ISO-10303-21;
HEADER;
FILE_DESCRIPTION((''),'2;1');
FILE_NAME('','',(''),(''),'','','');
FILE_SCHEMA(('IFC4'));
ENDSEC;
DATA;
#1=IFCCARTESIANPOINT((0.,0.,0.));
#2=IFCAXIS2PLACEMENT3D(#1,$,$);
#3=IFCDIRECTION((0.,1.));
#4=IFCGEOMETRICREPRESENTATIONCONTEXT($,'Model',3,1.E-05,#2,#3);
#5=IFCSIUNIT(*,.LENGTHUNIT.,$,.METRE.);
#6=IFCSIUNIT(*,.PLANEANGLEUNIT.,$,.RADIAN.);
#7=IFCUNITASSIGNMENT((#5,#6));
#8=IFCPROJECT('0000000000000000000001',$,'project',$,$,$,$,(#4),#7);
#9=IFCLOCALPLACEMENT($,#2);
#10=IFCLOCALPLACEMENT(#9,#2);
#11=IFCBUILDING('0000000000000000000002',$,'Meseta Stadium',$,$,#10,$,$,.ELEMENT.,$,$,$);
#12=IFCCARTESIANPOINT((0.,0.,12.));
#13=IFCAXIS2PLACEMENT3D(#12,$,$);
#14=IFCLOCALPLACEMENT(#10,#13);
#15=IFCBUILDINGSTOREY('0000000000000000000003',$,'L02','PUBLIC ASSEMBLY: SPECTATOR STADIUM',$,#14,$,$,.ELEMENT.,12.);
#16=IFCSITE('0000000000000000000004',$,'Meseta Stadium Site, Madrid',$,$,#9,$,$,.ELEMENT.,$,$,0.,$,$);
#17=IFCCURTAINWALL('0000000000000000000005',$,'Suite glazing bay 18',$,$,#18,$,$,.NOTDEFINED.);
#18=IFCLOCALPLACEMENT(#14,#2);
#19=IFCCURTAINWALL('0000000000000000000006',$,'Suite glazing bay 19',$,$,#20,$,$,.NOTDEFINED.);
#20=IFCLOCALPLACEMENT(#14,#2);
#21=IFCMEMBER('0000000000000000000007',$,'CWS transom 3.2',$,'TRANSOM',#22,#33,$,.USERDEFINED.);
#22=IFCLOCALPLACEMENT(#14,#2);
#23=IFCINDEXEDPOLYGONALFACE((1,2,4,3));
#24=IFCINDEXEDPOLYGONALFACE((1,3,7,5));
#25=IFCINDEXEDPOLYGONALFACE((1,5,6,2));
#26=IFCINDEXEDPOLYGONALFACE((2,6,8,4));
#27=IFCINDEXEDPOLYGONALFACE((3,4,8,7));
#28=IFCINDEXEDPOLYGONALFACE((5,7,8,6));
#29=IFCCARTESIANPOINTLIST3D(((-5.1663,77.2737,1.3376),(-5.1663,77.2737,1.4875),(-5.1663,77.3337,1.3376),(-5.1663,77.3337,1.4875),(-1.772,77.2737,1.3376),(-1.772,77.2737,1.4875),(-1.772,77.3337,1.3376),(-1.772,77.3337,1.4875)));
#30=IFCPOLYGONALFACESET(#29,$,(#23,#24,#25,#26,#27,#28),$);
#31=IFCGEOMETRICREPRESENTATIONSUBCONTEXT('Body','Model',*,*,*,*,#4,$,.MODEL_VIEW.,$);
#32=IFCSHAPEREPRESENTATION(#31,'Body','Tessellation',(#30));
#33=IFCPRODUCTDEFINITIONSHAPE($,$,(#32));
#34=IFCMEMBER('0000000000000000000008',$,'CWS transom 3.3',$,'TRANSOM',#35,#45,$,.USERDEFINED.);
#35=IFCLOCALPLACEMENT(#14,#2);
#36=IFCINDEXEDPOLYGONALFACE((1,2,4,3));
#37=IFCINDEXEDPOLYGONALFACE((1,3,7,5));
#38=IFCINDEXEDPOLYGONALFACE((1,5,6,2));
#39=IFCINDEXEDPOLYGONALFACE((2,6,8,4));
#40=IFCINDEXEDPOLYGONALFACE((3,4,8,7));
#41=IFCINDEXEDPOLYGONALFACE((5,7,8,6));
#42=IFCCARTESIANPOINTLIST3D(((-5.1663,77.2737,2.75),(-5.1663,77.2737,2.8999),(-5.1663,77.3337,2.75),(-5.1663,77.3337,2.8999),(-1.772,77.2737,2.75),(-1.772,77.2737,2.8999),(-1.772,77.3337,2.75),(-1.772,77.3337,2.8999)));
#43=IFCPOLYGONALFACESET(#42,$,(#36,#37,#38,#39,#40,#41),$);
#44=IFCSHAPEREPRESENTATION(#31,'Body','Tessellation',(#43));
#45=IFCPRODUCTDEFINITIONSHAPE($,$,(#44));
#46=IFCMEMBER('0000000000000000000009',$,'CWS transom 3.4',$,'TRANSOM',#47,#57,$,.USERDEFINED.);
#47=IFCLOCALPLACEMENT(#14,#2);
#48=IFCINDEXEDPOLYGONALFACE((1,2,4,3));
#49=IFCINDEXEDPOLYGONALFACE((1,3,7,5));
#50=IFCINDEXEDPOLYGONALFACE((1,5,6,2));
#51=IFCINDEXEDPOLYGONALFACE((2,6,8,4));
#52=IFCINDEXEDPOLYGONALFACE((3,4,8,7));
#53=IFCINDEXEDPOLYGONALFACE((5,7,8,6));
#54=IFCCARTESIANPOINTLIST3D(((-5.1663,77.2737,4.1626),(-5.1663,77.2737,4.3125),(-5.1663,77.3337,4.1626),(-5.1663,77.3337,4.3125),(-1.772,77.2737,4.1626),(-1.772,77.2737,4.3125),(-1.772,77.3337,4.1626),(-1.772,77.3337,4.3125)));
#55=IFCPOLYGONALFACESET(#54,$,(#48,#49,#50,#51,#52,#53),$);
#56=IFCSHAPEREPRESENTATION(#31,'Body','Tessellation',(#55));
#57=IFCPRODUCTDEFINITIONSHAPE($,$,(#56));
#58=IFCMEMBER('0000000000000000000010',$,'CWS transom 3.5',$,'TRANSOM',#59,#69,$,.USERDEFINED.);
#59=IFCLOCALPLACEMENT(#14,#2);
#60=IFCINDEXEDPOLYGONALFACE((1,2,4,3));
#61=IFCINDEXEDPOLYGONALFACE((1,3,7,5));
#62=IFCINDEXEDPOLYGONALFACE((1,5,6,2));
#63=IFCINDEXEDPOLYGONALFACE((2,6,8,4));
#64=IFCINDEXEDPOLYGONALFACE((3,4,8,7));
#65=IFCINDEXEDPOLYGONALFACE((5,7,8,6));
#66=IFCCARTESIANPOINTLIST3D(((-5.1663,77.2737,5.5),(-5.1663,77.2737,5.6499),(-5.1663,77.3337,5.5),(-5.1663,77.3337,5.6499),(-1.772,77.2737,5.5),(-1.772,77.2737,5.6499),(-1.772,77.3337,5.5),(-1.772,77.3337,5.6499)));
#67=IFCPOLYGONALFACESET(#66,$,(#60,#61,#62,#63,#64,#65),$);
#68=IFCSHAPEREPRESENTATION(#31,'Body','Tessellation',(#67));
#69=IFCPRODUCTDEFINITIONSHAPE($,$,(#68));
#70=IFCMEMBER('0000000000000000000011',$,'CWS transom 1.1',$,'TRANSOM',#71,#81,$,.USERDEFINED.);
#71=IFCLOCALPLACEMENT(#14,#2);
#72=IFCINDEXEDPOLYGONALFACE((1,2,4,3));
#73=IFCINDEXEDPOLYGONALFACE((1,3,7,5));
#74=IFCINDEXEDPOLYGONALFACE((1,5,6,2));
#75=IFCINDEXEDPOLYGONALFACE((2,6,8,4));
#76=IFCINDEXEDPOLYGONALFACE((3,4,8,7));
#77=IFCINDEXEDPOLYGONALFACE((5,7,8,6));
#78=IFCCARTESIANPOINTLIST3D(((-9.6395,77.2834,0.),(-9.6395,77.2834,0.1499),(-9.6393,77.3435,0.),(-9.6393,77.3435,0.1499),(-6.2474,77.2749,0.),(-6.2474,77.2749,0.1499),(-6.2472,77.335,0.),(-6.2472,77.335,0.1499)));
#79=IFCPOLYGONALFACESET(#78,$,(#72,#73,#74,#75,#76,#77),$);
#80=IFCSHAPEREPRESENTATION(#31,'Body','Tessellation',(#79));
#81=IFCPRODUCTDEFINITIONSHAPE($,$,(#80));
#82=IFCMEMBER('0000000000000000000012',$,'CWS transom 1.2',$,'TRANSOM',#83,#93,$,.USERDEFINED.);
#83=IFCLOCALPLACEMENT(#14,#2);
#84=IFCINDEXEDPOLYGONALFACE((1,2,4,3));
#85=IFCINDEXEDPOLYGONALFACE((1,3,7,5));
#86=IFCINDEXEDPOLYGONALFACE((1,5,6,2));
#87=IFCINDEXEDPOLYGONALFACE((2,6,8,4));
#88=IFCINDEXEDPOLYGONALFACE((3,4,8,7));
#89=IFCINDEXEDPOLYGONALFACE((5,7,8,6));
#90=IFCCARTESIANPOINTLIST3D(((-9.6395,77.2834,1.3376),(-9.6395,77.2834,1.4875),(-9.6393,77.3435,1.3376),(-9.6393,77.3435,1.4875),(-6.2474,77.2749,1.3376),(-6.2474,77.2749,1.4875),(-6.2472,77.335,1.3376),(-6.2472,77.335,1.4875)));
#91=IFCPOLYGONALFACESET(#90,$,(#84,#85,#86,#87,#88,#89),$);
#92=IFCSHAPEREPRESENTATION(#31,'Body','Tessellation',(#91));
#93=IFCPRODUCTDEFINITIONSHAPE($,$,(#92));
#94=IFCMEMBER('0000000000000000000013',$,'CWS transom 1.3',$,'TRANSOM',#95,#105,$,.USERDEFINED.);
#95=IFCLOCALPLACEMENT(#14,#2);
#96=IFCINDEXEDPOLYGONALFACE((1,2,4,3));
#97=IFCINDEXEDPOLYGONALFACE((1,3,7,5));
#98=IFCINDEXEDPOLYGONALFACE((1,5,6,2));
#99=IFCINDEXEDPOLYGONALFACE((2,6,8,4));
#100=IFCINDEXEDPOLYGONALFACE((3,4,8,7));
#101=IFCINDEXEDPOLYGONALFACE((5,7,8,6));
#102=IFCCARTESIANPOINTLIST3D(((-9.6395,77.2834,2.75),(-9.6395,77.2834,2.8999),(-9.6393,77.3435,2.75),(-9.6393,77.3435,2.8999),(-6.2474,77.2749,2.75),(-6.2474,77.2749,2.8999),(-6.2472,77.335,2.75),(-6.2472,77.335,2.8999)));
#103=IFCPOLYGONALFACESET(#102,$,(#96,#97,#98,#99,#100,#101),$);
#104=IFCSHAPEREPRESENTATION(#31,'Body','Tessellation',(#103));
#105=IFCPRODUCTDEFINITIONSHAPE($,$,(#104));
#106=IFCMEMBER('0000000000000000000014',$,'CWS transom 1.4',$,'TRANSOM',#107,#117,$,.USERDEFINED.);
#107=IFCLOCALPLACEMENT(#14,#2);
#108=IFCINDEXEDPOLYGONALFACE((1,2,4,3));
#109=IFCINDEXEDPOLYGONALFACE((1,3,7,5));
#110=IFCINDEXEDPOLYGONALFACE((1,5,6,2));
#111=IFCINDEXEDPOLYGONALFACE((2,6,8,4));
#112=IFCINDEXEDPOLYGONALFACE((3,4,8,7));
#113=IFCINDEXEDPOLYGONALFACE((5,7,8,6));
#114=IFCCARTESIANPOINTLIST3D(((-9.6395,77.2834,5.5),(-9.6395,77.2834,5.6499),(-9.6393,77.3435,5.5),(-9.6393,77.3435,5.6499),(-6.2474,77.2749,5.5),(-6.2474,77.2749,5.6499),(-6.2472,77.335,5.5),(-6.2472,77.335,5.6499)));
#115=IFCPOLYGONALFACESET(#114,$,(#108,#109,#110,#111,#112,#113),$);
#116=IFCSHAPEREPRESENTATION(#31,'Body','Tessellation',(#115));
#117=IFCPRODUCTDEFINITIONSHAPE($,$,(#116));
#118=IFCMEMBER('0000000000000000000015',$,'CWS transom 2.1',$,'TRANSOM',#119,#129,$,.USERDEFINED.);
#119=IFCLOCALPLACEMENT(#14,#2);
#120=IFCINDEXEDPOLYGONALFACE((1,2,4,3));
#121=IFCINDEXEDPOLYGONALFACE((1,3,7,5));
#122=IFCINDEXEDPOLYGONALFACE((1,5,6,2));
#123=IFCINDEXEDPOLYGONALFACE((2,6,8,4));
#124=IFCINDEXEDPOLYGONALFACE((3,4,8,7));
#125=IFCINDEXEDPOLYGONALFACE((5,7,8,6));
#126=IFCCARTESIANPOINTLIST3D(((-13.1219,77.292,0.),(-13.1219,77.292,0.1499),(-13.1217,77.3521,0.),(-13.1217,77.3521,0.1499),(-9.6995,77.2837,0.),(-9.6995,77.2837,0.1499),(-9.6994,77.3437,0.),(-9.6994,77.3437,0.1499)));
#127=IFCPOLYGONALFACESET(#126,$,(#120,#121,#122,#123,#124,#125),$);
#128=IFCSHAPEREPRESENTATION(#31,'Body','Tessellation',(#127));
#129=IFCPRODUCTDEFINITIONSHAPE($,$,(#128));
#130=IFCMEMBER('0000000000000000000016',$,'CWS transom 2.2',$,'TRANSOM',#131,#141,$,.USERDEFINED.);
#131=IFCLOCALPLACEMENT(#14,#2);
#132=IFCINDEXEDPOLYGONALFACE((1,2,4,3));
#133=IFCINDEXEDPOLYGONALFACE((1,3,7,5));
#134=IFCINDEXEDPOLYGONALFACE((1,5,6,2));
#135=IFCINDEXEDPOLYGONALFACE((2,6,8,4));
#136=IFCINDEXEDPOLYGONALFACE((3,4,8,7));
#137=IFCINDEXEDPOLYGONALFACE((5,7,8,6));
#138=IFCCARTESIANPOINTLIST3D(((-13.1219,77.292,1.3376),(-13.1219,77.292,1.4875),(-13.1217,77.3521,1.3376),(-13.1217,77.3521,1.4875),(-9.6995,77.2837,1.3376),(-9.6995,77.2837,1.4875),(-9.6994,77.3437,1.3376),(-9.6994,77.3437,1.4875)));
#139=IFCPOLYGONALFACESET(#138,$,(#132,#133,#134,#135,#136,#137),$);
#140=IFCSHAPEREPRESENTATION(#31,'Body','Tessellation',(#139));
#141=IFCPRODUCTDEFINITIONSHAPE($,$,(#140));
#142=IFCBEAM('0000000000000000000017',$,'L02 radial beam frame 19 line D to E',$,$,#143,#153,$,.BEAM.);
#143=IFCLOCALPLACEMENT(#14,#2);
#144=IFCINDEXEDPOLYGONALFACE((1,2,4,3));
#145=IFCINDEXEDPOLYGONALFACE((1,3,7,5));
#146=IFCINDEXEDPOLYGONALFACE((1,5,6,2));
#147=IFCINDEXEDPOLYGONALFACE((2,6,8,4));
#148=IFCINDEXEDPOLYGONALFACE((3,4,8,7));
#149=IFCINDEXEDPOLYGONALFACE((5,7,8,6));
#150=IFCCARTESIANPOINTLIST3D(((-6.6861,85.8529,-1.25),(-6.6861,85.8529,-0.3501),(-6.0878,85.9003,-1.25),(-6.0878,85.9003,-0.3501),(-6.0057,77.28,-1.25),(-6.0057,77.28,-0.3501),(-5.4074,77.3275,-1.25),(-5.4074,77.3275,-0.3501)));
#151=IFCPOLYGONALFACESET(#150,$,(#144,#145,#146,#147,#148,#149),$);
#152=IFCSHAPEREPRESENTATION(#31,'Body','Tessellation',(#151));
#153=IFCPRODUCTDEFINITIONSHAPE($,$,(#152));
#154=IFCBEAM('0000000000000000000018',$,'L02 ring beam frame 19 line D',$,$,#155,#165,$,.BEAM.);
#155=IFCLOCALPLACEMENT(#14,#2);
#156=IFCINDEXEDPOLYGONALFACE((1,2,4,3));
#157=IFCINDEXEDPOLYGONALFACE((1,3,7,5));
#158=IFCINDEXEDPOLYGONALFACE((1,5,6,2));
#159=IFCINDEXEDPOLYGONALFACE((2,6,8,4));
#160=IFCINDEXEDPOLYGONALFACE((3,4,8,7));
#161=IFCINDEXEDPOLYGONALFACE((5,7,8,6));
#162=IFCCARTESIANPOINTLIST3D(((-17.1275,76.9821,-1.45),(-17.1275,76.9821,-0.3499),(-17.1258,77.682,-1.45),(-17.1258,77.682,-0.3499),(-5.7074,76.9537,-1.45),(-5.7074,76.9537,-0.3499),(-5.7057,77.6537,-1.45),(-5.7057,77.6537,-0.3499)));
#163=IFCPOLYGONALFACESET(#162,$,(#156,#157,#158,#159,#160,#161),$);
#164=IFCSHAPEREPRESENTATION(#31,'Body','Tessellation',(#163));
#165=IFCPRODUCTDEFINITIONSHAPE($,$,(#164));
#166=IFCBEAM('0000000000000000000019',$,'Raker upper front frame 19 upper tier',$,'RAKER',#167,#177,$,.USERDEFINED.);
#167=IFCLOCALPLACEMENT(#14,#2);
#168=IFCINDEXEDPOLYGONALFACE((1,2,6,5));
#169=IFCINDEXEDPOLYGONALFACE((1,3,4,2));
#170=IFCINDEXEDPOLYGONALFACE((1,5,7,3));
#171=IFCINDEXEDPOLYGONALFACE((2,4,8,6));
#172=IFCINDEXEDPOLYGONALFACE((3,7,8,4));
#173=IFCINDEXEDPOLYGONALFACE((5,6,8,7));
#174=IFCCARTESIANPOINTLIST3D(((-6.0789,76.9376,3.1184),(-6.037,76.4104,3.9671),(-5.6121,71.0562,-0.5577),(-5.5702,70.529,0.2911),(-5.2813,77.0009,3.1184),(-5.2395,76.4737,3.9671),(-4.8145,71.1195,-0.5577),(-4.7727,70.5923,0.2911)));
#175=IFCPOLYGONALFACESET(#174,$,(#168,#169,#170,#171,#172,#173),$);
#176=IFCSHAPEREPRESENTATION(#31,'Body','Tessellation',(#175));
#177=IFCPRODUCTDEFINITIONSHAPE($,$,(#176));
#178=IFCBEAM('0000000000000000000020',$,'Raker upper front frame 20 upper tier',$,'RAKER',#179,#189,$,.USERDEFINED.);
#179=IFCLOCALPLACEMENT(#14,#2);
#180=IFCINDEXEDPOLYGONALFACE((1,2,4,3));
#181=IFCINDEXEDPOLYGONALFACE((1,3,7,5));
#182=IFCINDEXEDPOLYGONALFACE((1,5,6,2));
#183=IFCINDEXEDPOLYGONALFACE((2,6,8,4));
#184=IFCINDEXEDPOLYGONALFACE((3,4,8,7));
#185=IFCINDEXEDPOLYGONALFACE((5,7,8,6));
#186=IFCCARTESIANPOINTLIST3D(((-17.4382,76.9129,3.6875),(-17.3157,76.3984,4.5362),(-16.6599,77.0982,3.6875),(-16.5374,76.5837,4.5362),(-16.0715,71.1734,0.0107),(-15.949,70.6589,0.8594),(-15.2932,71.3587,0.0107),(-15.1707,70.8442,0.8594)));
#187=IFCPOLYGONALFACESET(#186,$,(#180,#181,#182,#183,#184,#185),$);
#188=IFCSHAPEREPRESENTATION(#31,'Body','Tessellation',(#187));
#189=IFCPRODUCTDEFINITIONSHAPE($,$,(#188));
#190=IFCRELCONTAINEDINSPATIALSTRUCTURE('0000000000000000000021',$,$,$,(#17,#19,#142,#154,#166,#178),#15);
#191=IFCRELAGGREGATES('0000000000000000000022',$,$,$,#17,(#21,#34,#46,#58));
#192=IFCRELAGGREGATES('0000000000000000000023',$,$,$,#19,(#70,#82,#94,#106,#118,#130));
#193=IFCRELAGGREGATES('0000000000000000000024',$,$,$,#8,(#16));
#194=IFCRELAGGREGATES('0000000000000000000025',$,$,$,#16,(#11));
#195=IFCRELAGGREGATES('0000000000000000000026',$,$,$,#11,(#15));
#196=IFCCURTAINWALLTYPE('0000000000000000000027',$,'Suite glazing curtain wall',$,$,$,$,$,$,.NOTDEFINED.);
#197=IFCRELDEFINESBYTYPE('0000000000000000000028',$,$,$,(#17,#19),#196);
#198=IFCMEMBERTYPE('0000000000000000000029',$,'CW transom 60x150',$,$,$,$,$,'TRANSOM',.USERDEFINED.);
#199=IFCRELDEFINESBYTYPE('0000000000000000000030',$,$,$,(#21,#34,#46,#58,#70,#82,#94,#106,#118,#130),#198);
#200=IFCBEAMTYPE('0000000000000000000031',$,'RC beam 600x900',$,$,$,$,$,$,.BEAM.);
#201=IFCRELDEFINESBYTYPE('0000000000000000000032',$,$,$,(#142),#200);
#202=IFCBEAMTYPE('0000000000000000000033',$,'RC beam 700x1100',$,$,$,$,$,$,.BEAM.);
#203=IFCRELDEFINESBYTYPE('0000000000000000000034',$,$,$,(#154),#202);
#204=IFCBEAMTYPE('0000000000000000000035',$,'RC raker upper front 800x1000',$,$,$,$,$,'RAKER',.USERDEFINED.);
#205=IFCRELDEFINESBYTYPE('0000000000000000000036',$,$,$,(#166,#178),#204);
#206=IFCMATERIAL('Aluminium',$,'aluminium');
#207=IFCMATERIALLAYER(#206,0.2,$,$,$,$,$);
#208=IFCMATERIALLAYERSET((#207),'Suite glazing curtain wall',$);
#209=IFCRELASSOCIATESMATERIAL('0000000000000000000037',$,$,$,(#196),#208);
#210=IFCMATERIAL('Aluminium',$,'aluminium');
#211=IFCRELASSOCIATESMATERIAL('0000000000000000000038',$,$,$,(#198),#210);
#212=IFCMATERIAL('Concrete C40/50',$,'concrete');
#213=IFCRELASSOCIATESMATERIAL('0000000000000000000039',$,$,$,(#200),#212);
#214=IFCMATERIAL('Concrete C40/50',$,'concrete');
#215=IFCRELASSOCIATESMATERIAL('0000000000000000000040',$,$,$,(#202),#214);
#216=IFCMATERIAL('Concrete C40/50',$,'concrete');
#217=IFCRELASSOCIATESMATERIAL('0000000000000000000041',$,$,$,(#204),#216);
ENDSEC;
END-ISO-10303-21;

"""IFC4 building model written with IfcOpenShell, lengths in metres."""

from ifc_helpers import new_model, si_unit, direction, frame, origin, origin_2d, place, context, subcontext, project, spatial, rectangle, extrude, material, layer, layer_set, material_profile, profile_set, type_object, element, aggregate, save


model = new_model("IFC4")

# Units and contexts
model_context = context("Model", 3, precision=1e-05, world=origin(), true_north=direction((0.0, 1.0)))
body_context = subcontext(model_context, "Body", "Model", "MODEL_VIEW")
ifc_project = project(units=[si_unit("LENGTHUNIT", "METRE"), si_unit("PLANEANGLEUNIT", "RADIAN")], contexts=[model_context])

# Site, building, storey
site_placement = place(None, origin())
site = spatial("IfcSite", under=ifc_project, at=site_placement, Name="Meseta Stadium Site, Madrid", CompositionType="ELEMENT", RefElevation=0.0)
building_placement = place(site_placement, origin())
building = spatial("IfcBuilding", under=site, at=building_placement, Name="Meseta Stadium", CompositionType="ELEMENT")
storey_placement = place(building_placement, frame((0.0, 0.0, 12.0)))
storey = spatial("IfcBuildingStorey", under=building, at=storey_placement, Name="L02", Description="PUBLIC ASSEMBLY: SPECTATOR STADIUM", CompositionType="ELEMENT", Elevation=12.0)

# Curtain walls
ifc_material_1 = material(Name="Aluminium", Category="aluminium")
ifc_layer_1 = layer(ifc_material_1, 0.2)
ifc_layer_set_1 = layer_set([ifc_layer_1], Name="Suite glazing curtain wall")
curtain_wall_type = type_object("IfcCurtainWallType", Name="Suite glazing curtain wall", PredefinedType="NOTDEFINED", material=ifc_layer_set_1)
curtain_wall_1_placement = place(storey_placement, origin())
curtain_wall_1 = element("IfcCurtainWall", 1, at=curtain_wall_1_placement, inside=storey, type_object=curtain_wall_type, Name="Suite glazing bay 18", PredefinedType="NOTDEFINED")
curtain_wall_2_placement = place(storey_placement, origin())
curtain_wall_2 = element("IfcCurtainWall", 2, at=curtain_wall_2_placement, inside=storey, type_object=curtain_wall_type, Name="Suite glazing bay 19", PredefinedType="NOTDEFINED")

# Members
ifc_material_2 = material(Name="Aluminium", Category="aluminium")
ifc_material_profile_1 = material_profile(ifc_material_2, rectangle(XDim=0.0601, YDim=0.1499, at=origin_2d()), Name="CW 60x150")
ifc_profile_set_1 = profile_set([ifc_material_profile_1], Name="Aluminium")
member_type_1 = type_object("IfcMemberType", Name="CW transom 60x150", ElementType="TRANSOM", PredefinedType="USERDEFINED", material=ifc_profile_set_1)
member_1_placement = place(storey_placement, frame((-1.772, 77.3037, 1.4126), z_axis=(-1.0, 0.0, 0.0), x_axis=(0.0, -1.0, 0.0)))
member_1 = element("IfcMember", 3, at=member_1_placement, type_object=member_type_1, Name="CWS transom 3.2", ObjectType="TRANSOM", PredefinedType="USERDEFINED", context=body_context, shape_type="SweptSolid", body=[
    extrude(rectangle(XDim=0.0601, YDim=0.1499, at=origin_2d()), origin(), (0.0, 0.0, 1.0), 3.3943),
])
member_2_placement = place(storey_placement, frame((-1.772, 77.3037, 2.825), z_axis=(-1.0, 0.0, 0.0), x_axis=(0.0, -1.0, 0.0)))
member_2 = element("IfcMember", 4, at=member_2_placement, type_object=member_type_1, Name="CWS transom 3.3", ObjectType="TRANSOM", PredefinedType="USERDEFINED", context=body_context, shape_type="SweptSolid", body=[
    extrude(rectangle(XDim=0.0601, YDim=0.1499, at=origin_2d()), origin(), (0.0, 0.0, 1.0), 3.3943),
])
member_3_placement = place(storey_placement, frame((-1.772, 77.3037, 4.2375), z_axis=(-1.0, 0.0, 0.0), x_axis=(0.0, -1.0, 0.0)))
member_3 = element("IfcMember", 5, at=member_3_placement, type_object=member_type_1, Name="CWS transom 3.4", ObjectType="TRANSOM", PredefinedType="USERDEFINED", context=body_context, shape_type="SweptSolid", body=[
    extrude(rectangle(XDim=0.0601, YDim=0.1499, at=origin_2d()), origin(), (0.0, 0.0, 1.0), 3.3943),
])
member_4_placement = place(storey_placement, frame((-1.772, 77.3037, 5.575), z_axis=(-1.0, 0.0, 0.0), x_axis=(0.0, -1.0, 0.0)))
member_4 = element("IfcMember", 6, at=member_4_placement, type_object=member_type_1, Name="CWS transom 3.5", ObjectType="TRANSOM", PredefinedType="USERDEFINED", context=body_context, shape_type="SweptSolid", body=[
    extrude(rectangle(XDim=0.0601, YDim=0.1499, at=origin_2d()), origin(), (0.0, 0.0, 1.0), 3.3943),
])
member_5_placement = place(storey_placement, frame((-6.2473, 77.3049, 0.075), z_axis=(-0.999997, 0.002519, 0.0), x_axis=(-0.002519, -0.999997, 0.0)))
member_5 = element("IfcMember", 7, at=member_5_placement, type_object=member_type_1, Name="CWS transom 1.1", ObjectType="TRANSOM", PredefinedType="USERDEFINED", context=body_context, shape_type="SweptSolid", body=[
    extrude(rectangle(XDim=0.0601, YDim=0.1499, at=origin_2d()), origin(), (0.0, 0.0, 1.0), 3.3921),
])
member_6_placement = place(storey_placement, frame((-6.2473, 77.3049, 1.4126), z_axis=(-0.999997, 0.002519, 0.0), x_axis=(-0.002519, -0.999997, 0.0)))
member_6 = element("IfcMember", 8, at=member_6_placement, type_object=member_type_1, Name="CWS transom 1.2", ObjectType="TRANSOM", PredefinedType="USERDEFINED", context=body_context, shape_type="SweptSolid", body=[
    extrude(rectangle(XDim=0.0601, YDim=0.1499, at=origin_2d()), origin(), (0.0, 0.0, 1.0), 3.3921),
])
member_7_placement = place(storey_placement, frame((-6.2473, 77.3049, 2.825), z_axis=(-0.999997, 0.002519, 0.0), x_axis=(-0.002519, -0.999997, 0.0)))
member_7 = element("IfcMember", 9, at=member_7_placement, type_object=member_type_1, Name="CWS transom 1.3", ObjectType="TRANSOM", PredefinedType="USERDEFINED", context=body_context, shape_type="SweptSolid", body=[
    extrude(rectangle(XDim=0.0601, YDim=0.1499, at=origin_2d()), origin(), (0.0, 0.0, 1.0), 3.3921),
])
member_8_placement = place(storey_placement, frame((-6.2473, 77.3049, 5.575), z_axis=(-0.999997, 0.002519, 0.0), x_axis=(-0.002519, -0.999997, 0.0)))
member_8 = element("IfcMember", 10, at=member_8_placement, type_object=member_type_1, Name="CWS transom 1.4", ObjectType="TRANSOM", PredefinedType="USERDEFINED", context=body_context, shape_type="SweptSolid", body=[
    extrude(rectangle(XDim=0.0601, YDim=0.1499, at=origin_2d()), origin(), (0.0, 0.0, 1.0), 3.3921),
])
member_9_placement = place(storey_placement, frame((-9.6995, 77.3137, 0.075), z_axis=(-0.999997, 0.002425, 0.0), x_axis=(-0.002425, -0.999997, 0.0)))
member_9 = element("IfcMember", 11, at=member_9_placement, type_object=member_type_1, Name="CWS transom 2.1", ObjectType="TRANSOM", PredefinedType="USERDEFINED", context=body_context, shape_type="SweptSolid", body=[
    extrude(rectangle(XDim=0.0601, YDim=0.1499, at=origin_2d()), origin(), (0.0, 0.0, 1.0), 3.4224),
])
member_10_placement = place(storey_placement, frame((-9.6995, 77.3137, 1.4126), z_axis=(-0.999997, 0.002425, 0.0), x_axis=(-0.002425, -0.999997, 0.0)))
member_10 = element("IfcMember", 12, at=member_10_placement, type_object=member_type_1, Name="CWS transom 2.2", ObjectType="TRANSOM", PredefinedType="USERDEFINED", context=body_context, shape_type="SweptSolid", body=[
    extrude(rectangle(XDim=0.0601, YDim=0.1499, at=origin_2d()), origin(), (0.0, 0.0, 1.0), 3.4224),
])

# Beams
ifc_material_3 = material(Name="Concrete C40/50", Category="concrete")
ifc_material_profile_2 = material_profile(ifc_material_3, rectangle(XDim=0.6001, YDim=0.8999, at=origin_2d()), Name="RC 600x900")
ifc_profile_set_2 = profile_set([ifc_material_profile_2], Name="Concrete C40/50")
beam_type_1 = type_object("IfcBeamType", Name="RC beam 600x900", PredefinedType="BEAM", material=ifc_profile_set_2)
beam_1_placement = place(storey_placement, frame((-5.7065, 77.3037, -0.8), z_axis=(-0.079119, 0.996865, 0.0), x_axis=(-0.996865, -0.079119, 0.0)))
element("IfcBeam", 13, at=beam_1_placement, inside=storey, type_object=beam_type_1, Name="L02 radial beam frame 19 line D to E", PredefinedType="BEAM", context=body_context, shape_type="SweptSolid", body=[
    extrude(rectangle(XDim=0.6001, YDim=0.8999, at=origin_2d()), origin(), (0.0, 0.0, 1.0), 8.5999),
])
ifc_material_4 = material(Name="Concrete C40/50", Category="concrete")
ifc_material_profile_3 = material_profile(ifc_material_4, rectangle(XDim=0.7, YDim=1.1001, at=origin_2d()), Name="RC 700x1100")
ifc_profile_set_3 = profile_set([ifc_material_profile_3], Name="Concrete C40/50")
beam_type_2 = type_object("IfcBeamType", Name="RC beam 700x1100", PredefinedType="BEAM", material=ifc_profile_set_3)
beam_2_placement = place(storey_placement, frame((-5.7065, 77.3037, -0.8999), z_axis=(-0.999997, 0.00248, 0.0), x_axis=(-0.00248, -0.999997, 0.0)))
element("IfcBeam", 14, at=beam_2_placement, inside=storey, type_object=beam_type_2, Name="L02 ring beam frame 19 line D", PredefinedType="BEAM", context=body_context, shape_type="SweptSolid", body=[
    extrude(rectangle(XDim=0.7, YDim=1.1001, at=origin_2d()), origin(), (0.0, 0.0, 1.0), 11.4202),
])
ifc_material_5 = material(Name="Concrete C40/50", Category="concrete")
ifc_material_profile_4 = material_profile(ifc_material_5, rectangle(XDim=0.8, YDim=1.0, at=origin_2d()), Name="RC 800x1000")
ifc_profile_set_4 = profile_set([ifc_material_profile_4], Name="Concrete C40/50")
beam_type_3 = type_object("IfcBeamType", Name="RC raker upper front 800x1000", ElementType="RAKER", PredefinedType="USERDEFINED", material=ifc_profile_set_4)
beam_3_placement = place(storey_placement, frame((-5.1924, 70.8242, -0.1333), z_axis=(-0.067152, 0.846072, 0.528822), x_axis=(-0.996865, -0.07912, 0.0)))
element("IfcBeam", 15, at=beam_3_placement, inside=storey, type_object=beam_type_3, Name="Raker upper front frame 19 upper tier", ObjectType="RAKER", PredefinedType="USERDEFINED", context=body_context, shape_type="SweptSolid", body=[
    extrude(rectangle(XDim=0.8, YDim=1.0, at=origin_2d()), origin(), (0.0, 0.0, 1.0), 6.9514),
])
beam_4_placement = place(storey_placement, frame((-15.6211, 71.0088, 0.4351), z_axis=(-0.196595, 0.825607, 0.528889), x_axis=(-0.9728, -0.231645, 0.0)))
element("IfcBeam", 16, at=beam_4_placement, inside=storey, type_object=beam_type_3, Name="Raker upper front frame 20 upper tier", ObjectType="RAKER", PredefinedType="USERDEFINED", context=body_context, shape_type="SweptSolid", body=[
    extrude(rectangle(XDim=0.8, YDim=1.0, at=origin_2d()), origin(), (0.0, 0.0, 1.0), 6.9519),
])

aggregate(curtain_wall_1, [member_1, member_2, member_3, member_4])
aggregate(curtain_wall_2, [member_5, member_6, member_7, member_8, member_9, member_10])

save(model, "model.ifc")
